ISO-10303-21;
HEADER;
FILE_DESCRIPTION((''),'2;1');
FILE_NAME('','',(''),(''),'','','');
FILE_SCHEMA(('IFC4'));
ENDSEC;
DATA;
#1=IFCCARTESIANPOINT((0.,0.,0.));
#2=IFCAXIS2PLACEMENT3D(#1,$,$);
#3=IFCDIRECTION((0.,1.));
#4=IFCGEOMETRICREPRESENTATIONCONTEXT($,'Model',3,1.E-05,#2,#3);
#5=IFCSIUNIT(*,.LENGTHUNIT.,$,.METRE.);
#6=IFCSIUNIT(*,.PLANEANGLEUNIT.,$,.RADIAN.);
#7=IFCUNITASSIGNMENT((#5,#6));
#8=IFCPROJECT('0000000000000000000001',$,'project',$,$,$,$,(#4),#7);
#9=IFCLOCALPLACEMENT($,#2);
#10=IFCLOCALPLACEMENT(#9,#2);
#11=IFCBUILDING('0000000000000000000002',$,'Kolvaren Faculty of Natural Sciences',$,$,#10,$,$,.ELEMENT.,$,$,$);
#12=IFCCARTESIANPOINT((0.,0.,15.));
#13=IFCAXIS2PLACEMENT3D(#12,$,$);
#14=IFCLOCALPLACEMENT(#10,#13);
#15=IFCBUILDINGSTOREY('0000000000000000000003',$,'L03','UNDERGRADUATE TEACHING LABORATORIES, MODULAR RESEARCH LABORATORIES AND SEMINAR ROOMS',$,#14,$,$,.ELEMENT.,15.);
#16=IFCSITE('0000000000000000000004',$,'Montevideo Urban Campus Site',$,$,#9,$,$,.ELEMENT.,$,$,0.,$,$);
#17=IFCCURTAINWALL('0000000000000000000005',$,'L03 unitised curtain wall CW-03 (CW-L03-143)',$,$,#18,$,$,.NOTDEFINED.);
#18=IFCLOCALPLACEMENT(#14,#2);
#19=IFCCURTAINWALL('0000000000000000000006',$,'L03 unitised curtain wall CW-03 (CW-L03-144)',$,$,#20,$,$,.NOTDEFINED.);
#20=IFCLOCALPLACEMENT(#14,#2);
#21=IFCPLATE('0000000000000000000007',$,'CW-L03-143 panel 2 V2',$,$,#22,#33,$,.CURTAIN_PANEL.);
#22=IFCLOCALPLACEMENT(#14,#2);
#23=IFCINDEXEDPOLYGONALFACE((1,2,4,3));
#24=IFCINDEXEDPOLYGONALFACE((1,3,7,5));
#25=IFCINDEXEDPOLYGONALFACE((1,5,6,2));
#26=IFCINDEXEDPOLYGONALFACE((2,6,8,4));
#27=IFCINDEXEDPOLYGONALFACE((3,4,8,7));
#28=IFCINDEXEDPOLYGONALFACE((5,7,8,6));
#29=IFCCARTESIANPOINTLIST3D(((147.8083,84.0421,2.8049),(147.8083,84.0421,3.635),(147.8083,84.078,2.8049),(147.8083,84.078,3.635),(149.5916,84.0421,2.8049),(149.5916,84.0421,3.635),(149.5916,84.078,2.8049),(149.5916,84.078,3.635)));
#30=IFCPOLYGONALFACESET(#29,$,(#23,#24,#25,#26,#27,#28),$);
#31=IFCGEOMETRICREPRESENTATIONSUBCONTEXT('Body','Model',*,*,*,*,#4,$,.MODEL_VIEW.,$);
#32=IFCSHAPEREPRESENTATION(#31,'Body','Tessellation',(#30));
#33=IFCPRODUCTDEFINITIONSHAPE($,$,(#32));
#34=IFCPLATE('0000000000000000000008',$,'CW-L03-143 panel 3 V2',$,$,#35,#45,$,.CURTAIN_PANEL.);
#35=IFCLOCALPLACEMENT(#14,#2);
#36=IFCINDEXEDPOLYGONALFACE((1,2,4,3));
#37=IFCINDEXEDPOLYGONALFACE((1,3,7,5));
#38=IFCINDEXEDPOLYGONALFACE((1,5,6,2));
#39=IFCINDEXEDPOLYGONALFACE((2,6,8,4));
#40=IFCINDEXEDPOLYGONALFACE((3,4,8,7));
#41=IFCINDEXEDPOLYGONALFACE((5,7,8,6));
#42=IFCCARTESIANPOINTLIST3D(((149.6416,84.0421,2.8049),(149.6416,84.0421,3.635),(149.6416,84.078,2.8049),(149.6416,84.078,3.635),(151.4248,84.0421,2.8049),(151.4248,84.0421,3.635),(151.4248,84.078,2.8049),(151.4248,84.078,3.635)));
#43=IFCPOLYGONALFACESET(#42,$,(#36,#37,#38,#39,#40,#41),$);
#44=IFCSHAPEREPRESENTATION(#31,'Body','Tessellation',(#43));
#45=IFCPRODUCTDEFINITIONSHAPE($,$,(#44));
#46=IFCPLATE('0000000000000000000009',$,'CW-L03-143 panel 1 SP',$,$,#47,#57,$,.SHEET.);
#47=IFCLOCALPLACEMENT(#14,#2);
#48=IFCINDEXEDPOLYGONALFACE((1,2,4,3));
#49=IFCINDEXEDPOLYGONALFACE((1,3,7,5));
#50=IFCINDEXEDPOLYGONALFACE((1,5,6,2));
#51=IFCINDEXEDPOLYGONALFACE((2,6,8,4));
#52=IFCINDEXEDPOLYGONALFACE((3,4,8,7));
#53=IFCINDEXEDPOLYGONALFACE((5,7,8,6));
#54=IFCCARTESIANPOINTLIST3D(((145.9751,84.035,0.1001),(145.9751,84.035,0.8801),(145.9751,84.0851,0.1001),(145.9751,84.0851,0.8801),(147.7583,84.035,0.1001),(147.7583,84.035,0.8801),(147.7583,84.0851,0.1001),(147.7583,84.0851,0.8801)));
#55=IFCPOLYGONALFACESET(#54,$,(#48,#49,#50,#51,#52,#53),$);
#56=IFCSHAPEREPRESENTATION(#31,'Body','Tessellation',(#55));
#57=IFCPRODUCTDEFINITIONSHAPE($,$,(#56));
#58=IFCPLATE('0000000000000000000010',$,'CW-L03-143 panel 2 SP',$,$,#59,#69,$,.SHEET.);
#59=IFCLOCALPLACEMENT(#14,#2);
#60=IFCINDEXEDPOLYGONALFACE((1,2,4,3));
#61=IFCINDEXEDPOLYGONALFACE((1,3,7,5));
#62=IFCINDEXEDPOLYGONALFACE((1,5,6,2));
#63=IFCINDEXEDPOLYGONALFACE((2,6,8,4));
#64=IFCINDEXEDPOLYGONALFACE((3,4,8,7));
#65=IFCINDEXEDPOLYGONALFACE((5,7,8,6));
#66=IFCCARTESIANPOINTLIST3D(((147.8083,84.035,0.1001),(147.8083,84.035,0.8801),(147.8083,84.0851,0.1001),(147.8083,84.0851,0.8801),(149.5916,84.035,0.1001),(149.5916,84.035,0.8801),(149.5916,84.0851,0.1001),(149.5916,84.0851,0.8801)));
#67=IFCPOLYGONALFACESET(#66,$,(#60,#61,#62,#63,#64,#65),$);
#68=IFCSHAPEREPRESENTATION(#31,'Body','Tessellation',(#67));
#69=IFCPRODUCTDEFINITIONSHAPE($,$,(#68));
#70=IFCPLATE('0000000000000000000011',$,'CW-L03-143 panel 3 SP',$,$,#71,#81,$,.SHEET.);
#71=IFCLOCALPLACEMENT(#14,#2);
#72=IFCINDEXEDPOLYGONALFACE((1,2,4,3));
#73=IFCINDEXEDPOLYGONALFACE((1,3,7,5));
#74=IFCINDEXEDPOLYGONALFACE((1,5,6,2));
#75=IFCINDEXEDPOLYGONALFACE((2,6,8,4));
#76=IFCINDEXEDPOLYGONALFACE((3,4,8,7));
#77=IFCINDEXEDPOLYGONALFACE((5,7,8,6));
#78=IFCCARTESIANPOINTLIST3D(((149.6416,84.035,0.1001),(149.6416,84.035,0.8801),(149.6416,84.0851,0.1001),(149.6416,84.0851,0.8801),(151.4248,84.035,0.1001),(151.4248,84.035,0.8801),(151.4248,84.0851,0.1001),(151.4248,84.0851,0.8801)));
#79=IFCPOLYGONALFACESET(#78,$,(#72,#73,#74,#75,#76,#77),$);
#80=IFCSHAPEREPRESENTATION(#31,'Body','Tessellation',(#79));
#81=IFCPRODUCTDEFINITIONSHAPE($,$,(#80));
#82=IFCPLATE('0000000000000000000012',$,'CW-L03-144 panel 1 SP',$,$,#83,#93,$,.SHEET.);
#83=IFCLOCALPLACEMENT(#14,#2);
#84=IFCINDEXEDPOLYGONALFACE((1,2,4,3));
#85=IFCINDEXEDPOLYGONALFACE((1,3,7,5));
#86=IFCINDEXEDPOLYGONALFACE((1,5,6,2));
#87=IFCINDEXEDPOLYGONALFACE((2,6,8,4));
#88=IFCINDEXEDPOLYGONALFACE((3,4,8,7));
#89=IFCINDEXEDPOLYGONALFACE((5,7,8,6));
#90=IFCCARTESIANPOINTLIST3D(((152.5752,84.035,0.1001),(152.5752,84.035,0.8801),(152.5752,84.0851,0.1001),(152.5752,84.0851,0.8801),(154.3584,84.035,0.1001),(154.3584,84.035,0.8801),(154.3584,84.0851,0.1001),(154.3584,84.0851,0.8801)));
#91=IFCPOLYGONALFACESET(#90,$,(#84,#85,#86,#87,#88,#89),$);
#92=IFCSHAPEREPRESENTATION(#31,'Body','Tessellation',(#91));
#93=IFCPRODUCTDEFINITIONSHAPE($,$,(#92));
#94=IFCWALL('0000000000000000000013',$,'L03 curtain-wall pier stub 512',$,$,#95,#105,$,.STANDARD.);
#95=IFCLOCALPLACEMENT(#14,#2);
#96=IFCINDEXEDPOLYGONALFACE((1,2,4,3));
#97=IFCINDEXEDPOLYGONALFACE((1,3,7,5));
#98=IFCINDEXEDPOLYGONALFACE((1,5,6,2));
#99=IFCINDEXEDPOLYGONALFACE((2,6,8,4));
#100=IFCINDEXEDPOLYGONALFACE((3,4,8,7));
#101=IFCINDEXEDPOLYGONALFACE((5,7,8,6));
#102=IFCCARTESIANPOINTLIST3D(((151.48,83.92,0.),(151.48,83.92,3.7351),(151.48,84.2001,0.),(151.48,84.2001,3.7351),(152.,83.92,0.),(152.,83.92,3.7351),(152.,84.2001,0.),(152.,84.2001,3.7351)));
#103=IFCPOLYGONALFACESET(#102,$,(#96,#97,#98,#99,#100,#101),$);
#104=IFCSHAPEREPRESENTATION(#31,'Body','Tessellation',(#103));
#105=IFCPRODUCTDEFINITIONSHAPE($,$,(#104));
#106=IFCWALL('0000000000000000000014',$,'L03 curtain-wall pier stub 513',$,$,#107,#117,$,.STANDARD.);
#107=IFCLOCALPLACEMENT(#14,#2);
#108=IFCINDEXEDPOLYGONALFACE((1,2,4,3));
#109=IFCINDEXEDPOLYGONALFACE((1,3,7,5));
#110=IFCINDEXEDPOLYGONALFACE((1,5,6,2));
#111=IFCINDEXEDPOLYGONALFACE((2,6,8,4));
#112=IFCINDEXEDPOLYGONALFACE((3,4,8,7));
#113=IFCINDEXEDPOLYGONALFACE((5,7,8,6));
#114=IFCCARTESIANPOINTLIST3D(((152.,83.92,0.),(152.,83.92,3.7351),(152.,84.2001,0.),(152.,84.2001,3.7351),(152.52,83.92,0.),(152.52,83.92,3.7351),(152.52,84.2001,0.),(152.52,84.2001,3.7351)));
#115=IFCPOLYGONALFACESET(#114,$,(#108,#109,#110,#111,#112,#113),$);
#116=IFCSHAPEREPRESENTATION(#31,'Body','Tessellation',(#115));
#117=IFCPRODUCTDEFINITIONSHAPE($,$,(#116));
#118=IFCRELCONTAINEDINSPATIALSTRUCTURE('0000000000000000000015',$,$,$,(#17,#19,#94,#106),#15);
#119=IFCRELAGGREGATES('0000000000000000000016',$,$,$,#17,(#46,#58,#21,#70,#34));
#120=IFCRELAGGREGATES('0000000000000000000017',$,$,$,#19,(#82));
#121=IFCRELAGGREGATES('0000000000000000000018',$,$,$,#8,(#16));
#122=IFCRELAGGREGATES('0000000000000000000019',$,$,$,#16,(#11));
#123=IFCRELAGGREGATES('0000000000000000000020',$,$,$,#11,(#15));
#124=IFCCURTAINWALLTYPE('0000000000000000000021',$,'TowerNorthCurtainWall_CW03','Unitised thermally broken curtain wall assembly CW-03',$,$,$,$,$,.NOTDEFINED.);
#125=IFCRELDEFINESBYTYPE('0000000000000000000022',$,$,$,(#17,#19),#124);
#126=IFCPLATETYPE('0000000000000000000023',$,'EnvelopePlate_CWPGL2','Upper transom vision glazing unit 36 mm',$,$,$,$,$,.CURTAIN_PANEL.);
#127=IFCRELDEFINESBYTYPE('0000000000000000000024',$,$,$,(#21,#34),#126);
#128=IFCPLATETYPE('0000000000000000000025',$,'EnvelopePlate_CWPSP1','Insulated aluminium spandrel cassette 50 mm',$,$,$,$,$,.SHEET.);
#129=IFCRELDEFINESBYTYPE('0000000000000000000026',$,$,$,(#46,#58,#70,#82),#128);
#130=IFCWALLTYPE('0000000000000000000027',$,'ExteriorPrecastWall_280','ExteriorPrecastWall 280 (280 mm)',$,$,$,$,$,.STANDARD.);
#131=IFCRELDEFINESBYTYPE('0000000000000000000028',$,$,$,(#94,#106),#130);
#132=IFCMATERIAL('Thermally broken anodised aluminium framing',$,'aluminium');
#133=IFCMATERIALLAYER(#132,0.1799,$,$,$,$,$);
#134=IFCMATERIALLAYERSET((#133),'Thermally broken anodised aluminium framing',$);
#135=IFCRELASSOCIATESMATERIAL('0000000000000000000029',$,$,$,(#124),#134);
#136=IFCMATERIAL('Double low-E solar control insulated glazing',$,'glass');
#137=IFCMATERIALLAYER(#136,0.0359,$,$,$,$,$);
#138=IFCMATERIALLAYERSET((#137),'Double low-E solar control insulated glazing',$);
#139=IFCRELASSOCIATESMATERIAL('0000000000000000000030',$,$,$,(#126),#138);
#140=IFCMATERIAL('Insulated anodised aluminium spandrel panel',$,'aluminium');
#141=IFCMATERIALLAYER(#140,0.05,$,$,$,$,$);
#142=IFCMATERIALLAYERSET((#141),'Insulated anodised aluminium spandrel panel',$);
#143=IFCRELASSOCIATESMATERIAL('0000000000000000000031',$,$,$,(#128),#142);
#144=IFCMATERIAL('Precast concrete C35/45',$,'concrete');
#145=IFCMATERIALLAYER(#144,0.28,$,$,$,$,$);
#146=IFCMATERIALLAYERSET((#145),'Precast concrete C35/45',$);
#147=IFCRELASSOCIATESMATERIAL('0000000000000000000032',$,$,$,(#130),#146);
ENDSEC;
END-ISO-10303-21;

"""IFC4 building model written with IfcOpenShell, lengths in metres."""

from ifc_helpers import new_model, si_unit, direction, frame, frame_2d, origin, origin_2d, place, context, subcontext, project, spatial, rectangle, extrude, material, layer, layer_set, type_object, element, aggregate, save


model = new_model("IFC4")

# Units and contexts
model_context = context("Model", 3, precision=1e-05, world=origin(), true_north=direction((0.0, 1.0)))
body_context = subcontext(model_context, "Body", "Model", "MODEL_VIEW")
ifc_project = project(units=[si_unit("LENGTHUNIT", "METRE"), si_unit("PLANEANGLEUNIT", "RADIAN")], contexts=[model_context])

# Site, building, storey
site_placement = place(None, origin())
site = spatial("IfcSite", under=ifc_project, at=site_placement, Name="Montevideo Urban Campus Site", CompositionType="ELEMENT", RefElevation=0.0)
building_placement = place(site_placement, origin())
building = spatial("IfcBuilding", under=site, at=building_placement, Name="Kolvaren Faculty of Natural Sciences", CompositionType="ELEMENT")
storey_placement = place(building_placement, frame((0.0, 0.0, 15.0)))
storey = spatial("IfcBuildingStorey", under=building, at=storey_placement, Name="L03", Description="UNDERGRADUATE TEACHING LABORATORIES, MODULAR RESEARCH LABORATORIES AND SEMINAR ROOMS", CompositionType="ELEMENT", Elevation=15.0)

# Curtain wall
ifc_material_1 = material(Name="Thermally broken anodised aluminium framing", Category="aluminium")
ifc_layer_1 = layer(ifc_material_1, 0.1799)
ifc_layer_set_1 = layer_set([ifc_layer_1], Name="Thermally broken anodised aluminium framing")
curtain_wall_type = type_object("IfcCurtainWallType", Name="TowerNorthCurtainWall_CW03", Description="Unitised thermally broken curtain wall assembly CW-03", PredefinedType="NOTDEFINED", material=ifc_layer_set_1)
curtain_wall_1_placement = place(storey_placement, origin())
curtain_wall_1 = element("IfcCurtainWall", 1, at=curtain_wall_1_placement, inside=storey, type_object=curtain_wall_type, Name="L03 unitised curtain wall CW-03 (CW-L03-143)", PredefinedType="NOTDEFINED")

# Curtain wall
curtain_wall_2_placement = place(storey_placement, origin())
curtain_wall_2 = element("IfcCurtainWall", 2, at=curtain_wall_2_placement, inside=storey, type_object=curtain_wall_type, Name="L03 unitised curtain wall CW-03 (CW-L03-144)", PredefinedType="NOTDEFINED")

# Plates
ifc_material_2 = material(Name="Double low-E solar control insulated glazing", Category="glass")
ifc_layer_2 = layer(ifc_material_2, 0.0359)
ifc_layer_set_2 = layer_set([ifc_layer_2], Name="Double low-E solar control insulated glazing")
plate_type_1 = type_object("IfcPlateType", Name="EnvelopePlate_CWPGL2", Description="Upper transom vision glazing unit 36 mm", PredefinedType="CURTAIN_PANEL", material=ifc_layer_set_2)
plate_1_placement = place(storey_placement, frame((148.7, 84.0601, 2.8049), z_axis=(0.0, 0.0, 1.0), x_axis=(1.0, 0.0, 0.0)))
plate_1 = element("IfcPlate", 3, at=plate_1_placement, type_object=plate_type_1, Name="CW-L03-143 panel 2 V2", PredefinedType="CURTAIN_PANEL", context=body_context, shape_type="SweptSolid", body=[
    extrude(rectangle(XDim=1.7832, YDim=0.0359, at=origin_2d()), origin(), (0.0, 0.0, 1.0), 0.8301),
])
plate_2_placement = place(storey_placement, frame((150.5332, 84.0601, 2.8049), z_axis=(0.0, 0.0, 1.0), x_axis=(1.0, 0.0, 0.0)))
plate_2 = element("IfcPlate", 4, at=plate_2_placement, type_object=plate_type_1, Name="CW-L03-143 panel 3 V2", PredefinedType="CURTAIN_PANEL", context=body_context, shape_type="SweptSolid", body=[
    extrude(rectangle(XDim=1.7832, YDim=0.0359, at=origin_2d()), origin(), (0.0, 0.0, 1.0), 0.8301),
])
ifc_material_3 = material(Name="Insulated anodised aluminium spandrel panel", Category="aluminium")
ifc_layer_3 = layer(ifc_material_3, 0.05)
ifc_layer_set_3 = layer_set([ifc_layer_3], Name="Insulated anodised aluminium spandrel panel")
plate_type_2 = type_object("IfcPlateType", Name="EnvelopePlate_CWPSP1", Description="Insulated aluminium spandrel cassette 50 mm", PredefinedType="SHEET", material=ifc_layer_set_3)
plate_3_placement = place(storey_placement, frame((146.8667, 84.0601, 0.1001), z_axis=(0.0, 0.0, 1.0), x_axis=(1.0, 0.0, 0.0)))
plate_3 = element("IfcPlate", 5, at=plate_3_placement, type_object=plate_type_2, Name="CW-L03-143 panel 1 SP", PredefinedType="SHEET", context=body_context, shape_type="SweptSolid", body=[
    extrude(rectangle(XDim=1.7832, YDim=0.05, at=origin_2d()), origin(), (0.0, 0.0, 1.0), 0.78),
])
plate_4_placement = place(storey_placement, frame((148.7, 84.0601, 0.1001), z_axis=(0.0, 0.0, 1.0), x_axis=(1.0, 0.0, 0.0)))
plate_4 = element("IfcPlate", 6, at=plate_4_placement, type_object=plate_type_2, Name="CW-L03-143 panel 2 SP", PredefinedType="SHEET", context=body_context, shape_type="SweptSolid", body=[
    extrude(rectangle(XDim=1.7832, YDim=0.05, at=origin_2d()), origin(), (0.0, 0.0, 1.0), 0.78),
])
plate_5_placement = place(storey_placement, frame((150.5332, 84.0601, 0.1001), z_axis=(0.0, 0.0, 1.0), x_axis=(1.0, 0.0, 0.0)))
plate_5 = element("IfcPlate", 7, at=plate_5_placement, type_object=plate_type_2, Name="CW-L03-143 panel 3 SP", PredefinedType="SHEET", context=body_context, shape_type="SweptSolid", body=[
    extrude(rectangle(XDim=1.7832, YDim=0.05, at=origin_2d()), origin(), (0.0, 0.0, 1.0), 0.78),
])
aggregate(curtain_wall_1, [plate_3, plate_4, plate_1, plate_5, plate_2])
plate_6_placement = place(storey_placement, frame((153.4668, 84.0601, 0.1001), z_axis=(0.0, 0.0, 1.0), x_axis=(1.0, 0.0, 0.0)))
plate_6 = element("IfcPlate", 8, at=plate_6_placement, type_object=plate_type_2, Name="CW-L03-144 panel 1 SP", PredefinedType="SHEET", context=body_context, shape_type="SweptSolid", body=[
    extrude(rectangle(XDim=1.7832, YDim=0.05, at=origin_2d()), origin(), (0.0, 0.0, 1.0), 0.78),
])
aggregate(curtain_wall_2, [plate_6])

# Walls
ifc_material_4 = material(Name="Precast concrete C35/45", Category="concrete")
ifc_layer_4 = layer(ifc_material_4, 0.28)
ifc_layer_set_4 = layer_set([ifc_layer_4], Name="Precast concrete C35/45")
wall_type = type_object("IfcWallType", Name="ExteriorPrecastWall_280", Description="ExteriorPrecastWall 280 (280 mm)", PredefinedType="STANDARD", material=ifc_layer_set_4)
for number, where, z_axis, x_axis, name in (
    (9, (151.48, 84.0601, 0.0), (0.0, 0.0, 1.0), (1.0, 0.0, 0.0), "L03 curtain-wall pier stub 512"),
    (10, (152.0, 84.0601, 0.0), (0.0, 0.0, 1.0), (1.0, 0.0, 0.0), "L03 curtain-wall pier stub 513"),
):
    element("IfcWall", number, at=place(storey_placement, frame(where, z_axis=z_axis, x_axis=x_axis)), inside=storey, type_object=wall_type, Name=name, PredefinedType="STANDARD", context=body_context, shape_type="SweptSolid", body=[
        extrude(rectangle(XDim=0.52, YDim=0.28, at=frame_2d((0.26, 0.0))), origin(), (0.0, 0.0, 1.0), 3.7351),
    ])

save(model, "model.ifc")
